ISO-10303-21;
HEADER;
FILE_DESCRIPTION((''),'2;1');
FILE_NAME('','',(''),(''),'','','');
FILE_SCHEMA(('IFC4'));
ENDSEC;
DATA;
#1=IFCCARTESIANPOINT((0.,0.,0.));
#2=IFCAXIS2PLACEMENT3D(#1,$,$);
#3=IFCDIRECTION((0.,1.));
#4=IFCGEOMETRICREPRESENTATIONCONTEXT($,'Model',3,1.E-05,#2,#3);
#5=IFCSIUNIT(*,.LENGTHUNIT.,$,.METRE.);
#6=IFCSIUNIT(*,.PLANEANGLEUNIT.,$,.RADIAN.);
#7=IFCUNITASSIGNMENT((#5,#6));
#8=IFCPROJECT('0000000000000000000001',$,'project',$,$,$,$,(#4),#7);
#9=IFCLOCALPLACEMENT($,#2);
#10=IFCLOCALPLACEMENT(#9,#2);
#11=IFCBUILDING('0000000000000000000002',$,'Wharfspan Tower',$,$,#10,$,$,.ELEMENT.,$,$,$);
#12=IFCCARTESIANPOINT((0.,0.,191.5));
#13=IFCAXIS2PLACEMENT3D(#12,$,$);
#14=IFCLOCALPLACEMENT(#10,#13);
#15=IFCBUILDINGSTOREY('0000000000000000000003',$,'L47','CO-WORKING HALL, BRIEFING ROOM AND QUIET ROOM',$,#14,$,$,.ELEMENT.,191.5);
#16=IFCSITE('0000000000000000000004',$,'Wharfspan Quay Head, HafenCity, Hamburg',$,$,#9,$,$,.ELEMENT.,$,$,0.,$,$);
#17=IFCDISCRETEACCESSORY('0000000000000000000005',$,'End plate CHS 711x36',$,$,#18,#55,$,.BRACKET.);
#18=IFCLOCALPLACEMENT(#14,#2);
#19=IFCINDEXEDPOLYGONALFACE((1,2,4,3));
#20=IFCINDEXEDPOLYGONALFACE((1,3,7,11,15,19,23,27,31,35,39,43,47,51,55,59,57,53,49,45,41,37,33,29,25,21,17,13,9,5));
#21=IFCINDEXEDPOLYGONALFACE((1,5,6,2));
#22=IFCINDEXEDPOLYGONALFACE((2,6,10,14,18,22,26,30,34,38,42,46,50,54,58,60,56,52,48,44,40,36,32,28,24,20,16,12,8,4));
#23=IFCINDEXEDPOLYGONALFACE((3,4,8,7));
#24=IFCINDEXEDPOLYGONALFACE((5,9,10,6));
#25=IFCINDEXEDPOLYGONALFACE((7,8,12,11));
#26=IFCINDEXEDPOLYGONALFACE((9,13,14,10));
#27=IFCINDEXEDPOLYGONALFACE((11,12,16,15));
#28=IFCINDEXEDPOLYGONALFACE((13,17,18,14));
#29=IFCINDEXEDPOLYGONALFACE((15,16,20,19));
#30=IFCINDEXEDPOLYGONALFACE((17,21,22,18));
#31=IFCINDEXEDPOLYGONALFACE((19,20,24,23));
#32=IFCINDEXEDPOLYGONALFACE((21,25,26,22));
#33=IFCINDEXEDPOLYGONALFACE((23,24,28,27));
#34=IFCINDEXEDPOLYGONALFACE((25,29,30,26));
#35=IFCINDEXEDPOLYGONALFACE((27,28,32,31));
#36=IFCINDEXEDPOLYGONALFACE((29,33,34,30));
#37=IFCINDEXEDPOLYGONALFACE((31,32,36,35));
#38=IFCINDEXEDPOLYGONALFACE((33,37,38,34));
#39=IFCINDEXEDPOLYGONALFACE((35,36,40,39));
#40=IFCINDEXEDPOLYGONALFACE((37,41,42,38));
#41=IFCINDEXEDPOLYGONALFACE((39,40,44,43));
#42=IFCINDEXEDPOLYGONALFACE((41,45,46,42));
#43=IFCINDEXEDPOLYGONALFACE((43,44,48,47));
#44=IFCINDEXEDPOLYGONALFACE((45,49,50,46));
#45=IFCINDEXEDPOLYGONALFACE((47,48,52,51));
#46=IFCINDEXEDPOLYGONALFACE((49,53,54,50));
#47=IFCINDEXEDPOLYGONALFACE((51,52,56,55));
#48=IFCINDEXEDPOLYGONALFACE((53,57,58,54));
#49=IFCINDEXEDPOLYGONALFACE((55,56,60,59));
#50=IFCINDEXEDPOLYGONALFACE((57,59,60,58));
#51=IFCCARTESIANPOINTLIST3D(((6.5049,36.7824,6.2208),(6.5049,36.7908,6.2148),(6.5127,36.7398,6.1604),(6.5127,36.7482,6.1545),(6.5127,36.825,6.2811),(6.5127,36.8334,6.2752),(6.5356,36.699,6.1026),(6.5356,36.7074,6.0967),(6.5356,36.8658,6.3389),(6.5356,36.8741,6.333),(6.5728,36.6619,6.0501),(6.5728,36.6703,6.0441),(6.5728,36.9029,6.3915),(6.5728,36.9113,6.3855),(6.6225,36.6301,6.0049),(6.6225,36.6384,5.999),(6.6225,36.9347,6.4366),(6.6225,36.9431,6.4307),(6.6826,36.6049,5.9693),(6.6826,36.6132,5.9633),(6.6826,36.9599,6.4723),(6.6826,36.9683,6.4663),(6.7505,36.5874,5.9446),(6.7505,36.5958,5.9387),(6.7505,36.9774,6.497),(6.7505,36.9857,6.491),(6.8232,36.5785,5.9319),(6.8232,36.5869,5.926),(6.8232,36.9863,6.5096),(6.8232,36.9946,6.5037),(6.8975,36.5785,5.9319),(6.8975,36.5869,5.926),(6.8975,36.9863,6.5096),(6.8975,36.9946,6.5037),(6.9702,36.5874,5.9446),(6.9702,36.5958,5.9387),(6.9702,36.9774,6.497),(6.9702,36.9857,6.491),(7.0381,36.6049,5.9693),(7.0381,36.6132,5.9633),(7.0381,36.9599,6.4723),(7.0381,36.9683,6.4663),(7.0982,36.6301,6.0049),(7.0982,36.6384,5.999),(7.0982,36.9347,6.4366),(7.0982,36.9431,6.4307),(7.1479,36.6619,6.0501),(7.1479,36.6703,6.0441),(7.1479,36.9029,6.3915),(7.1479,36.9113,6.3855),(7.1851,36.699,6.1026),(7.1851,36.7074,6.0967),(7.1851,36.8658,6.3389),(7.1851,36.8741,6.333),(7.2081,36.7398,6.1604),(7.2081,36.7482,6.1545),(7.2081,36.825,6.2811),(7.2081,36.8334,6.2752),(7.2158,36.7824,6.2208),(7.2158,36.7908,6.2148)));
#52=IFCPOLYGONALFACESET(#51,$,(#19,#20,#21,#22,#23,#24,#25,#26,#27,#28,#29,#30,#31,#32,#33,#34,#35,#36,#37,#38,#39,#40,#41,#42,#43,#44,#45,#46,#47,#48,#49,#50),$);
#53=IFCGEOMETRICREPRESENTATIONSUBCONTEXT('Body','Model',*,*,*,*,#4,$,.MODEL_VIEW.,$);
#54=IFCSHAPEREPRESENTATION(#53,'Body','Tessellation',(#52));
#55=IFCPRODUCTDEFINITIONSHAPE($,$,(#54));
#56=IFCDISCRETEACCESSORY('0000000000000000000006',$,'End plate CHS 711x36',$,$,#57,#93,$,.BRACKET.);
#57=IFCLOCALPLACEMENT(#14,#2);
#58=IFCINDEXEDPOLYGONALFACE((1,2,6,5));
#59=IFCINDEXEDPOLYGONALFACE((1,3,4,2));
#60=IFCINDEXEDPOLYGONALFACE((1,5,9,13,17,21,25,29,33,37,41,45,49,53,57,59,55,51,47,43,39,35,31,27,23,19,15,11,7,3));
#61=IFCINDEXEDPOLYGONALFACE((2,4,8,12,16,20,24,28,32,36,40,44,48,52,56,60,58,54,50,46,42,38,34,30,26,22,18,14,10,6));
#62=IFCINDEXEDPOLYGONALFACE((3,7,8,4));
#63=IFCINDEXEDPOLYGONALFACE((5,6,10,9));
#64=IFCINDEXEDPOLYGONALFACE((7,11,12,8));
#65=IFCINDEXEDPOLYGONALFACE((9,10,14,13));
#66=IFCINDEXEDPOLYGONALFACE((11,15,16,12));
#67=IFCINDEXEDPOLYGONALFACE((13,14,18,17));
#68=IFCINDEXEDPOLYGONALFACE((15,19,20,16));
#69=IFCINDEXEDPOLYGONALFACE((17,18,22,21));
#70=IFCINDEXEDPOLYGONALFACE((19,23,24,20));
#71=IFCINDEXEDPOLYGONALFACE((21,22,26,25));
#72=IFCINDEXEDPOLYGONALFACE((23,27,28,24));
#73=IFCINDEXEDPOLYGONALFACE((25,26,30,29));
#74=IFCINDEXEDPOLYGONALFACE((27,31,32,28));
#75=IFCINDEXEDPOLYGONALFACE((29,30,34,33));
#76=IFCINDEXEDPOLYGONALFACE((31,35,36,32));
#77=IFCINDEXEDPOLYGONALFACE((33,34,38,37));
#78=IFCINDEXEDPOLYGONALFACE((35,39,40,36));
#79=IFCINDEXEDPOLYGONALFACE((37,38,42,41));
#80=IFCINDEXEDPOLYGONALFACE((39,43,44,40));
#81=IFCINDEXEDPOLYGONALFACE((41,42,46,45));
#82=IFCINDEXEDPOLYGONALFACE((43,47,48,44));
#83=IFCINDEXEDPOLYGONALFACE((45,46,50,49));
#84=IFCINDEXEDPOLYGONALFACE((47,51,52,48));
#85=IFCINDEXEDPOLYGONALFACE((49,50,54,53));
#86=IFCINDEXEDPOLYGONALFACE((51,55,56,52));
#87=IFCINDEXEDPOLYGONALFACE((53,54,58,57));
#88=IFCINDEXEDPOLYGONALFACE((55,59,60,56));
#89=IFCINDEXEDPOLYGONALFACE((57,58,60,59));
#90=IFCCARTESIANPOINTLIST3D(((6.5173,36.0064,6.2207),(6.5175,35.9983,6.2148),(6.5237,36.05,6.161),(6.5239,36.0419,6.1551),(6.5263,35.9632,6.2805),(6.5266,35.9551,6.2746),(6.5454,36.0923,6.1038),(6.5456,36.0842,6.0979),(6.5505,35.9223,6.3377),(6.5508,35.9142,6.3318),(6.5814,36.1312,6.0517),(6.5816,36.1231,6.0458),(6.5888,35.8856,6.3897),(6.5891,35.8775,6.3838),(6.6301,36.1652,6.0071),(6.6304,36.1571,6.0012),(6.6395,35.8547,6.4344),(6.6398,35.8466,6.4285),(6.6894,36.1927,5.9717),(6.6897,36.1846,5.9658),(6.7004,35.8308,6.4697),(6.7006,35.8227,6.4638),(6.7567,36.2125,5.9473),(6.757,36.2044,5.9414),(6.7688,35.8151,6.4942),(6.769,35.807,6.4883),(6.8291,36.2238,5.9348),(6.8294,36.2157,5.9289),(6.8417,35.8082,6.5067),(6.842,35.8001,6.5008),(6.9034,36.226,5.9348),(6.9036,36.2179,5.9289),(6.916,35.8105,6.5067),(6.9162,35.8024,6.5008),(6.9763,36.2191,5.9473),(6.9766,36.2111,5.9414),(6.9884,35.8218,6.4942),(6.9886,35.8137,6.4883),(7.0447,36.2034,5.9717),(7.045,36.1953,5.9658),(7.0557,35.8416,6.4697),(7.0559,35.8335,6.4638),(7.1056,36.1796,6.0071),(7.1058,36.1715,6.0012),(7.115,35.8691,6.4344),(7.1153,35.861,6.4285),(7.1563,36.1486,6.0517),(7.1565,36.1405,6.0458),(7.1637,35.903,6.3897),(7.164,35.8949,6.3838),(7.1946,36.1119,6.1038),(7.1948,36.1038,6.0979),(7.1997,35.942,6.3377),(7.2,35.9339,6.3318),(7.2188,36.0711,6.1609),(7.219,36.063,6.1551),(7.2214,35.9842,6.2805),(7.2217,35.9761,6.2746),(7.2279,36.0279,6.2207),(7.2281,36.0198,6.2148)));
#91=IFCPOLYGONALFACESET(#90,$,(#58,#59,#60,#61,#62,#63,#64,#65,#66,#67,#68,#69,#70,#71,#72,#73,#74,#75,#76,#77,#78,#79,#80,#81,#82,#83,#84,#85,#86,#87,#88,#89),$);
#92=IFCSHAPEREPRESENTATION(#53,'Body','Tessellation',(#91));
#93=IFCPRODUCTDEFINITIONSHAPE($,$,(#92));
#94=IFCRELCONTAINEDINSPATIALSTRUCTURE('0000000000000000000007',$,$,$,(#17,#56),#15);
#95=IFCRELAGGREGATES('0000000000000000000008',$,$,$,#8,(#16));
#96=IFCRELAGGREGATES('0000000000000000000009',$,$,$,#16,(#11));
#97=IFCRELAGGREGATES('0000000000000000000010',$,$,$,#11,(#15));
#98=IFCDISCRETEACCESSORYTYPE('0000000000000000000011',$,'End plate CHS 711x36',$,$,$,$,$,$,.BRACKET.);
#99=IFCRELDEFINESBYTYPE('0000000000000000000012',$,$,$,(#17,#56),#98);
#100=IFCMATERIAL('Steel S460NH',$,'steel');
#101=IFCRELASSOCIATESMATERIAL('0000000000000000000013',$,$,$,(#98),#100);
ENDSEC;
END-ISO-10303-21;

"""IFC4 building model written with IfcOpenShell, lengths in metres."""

from ifc_helpers import new_model, si_unit, direction, frame, origin, origin_2d, place, context, subcontext, project, spatial, circle, extrude, material, material_profile, profile_set, type_object, element, save


model = new_model("IFC4")

# Units and contexts
model_context = context("Model", 3, precision=1e-05, world=origin(), true_north=direction((0.0, 1.0)))
body_context = subcontext(model_context, "Body", "Model", "MODEL_VIEW")
ifc_project = project(units=[si_unit("LENGTHUNIT", "METRE"), si_unit("PLANEANGLEUNIT", "RADIAN")], contexts=[model_context])

# Site, building, storey
site_placement = place(None, origin())
site = spatial("IfcSite", under=ifc_project, at=site_placement, Name="Wharfspan Quay Head, HafenCity, Hamburg", CompositionType="ELEMENT", RefElevation=0.0)
building_placement = place(site_placement, origin())
building = spatial("IfcBuilding", under=site, at=building_placement, Name="Wharfspan Tower", CompositionType="ELEMENT")
storey_placement = place(building_placement, frame((0.0, 0.0, 191.5)))
storey = spatial("IfcBuildingStorey", under=building, at=storey_placement, Name="L47", Description="CO-WORKING HALL, BRIEFING ROOM AND QUIET ROOM", CompositionType="ELEMENT", Elevation=191.5)

# Shared definitions
ifc_material_1 = material(Name="Steel S460NH", Category="steel")

# Discrete accessories
ifc_material_profile_1 = material_profile(ifc_material_1, circle(Radius=0.3555, at=origin_2d()))
ifc_profile_set_1 = profile_set([ifc_material_profile_1], Name="Steel S460NH")
discrete_accessory_type = type_object("IfcDiscreteAccessoryType", Name="End plate CHS 711x36", PredefinedType="BRACKET", material=ifc_profile_set_1)
discrete_accessory_1_placement = place(storey_placement, frame((6.8604, 36.7908, 6.2148), z_axis=(0.0, -0.816968, 0.576683), x_axis=(1.0, 0.0, 0.0)))
element("IfcDiscreteAccessory", 1, at=discrete_accessory_1_placement, inside=storey, type_object=discrete_accessory_type, Name="End plate CHS 711x36", PredefinedType="BRACKET", context=body_context, shape_type="SweptSolid", body=[
    extrude(circle(Radius=0.3555, at=origin_2d()), origin(), (0.0, 0.0, 1.0), 0.0103),
])
discrete_accessory_2_placement = place(storey_placement, frame((6.8728, 36.009, 6.2148), z_axis=(-0.0245, 0.808493, 0.587995), x_axis=(-0.999537, -0.03029, 0.000001)))
element("IfcDiscreteAccessory", 2, at=discrete_accessory_2_placement, inside=storey, type_object=discrete_accessory_type, Name="End plate CHS 711x36", PredefinedType="BRACKET", context=body_context, shape_type="SweptSolid", body=[
    extrude(circle(Radius=0.3555, at=origin_2d()), origin(), (0.0, 0.0, 1.0), 0.01),
])

save(model, "model.ifc")
